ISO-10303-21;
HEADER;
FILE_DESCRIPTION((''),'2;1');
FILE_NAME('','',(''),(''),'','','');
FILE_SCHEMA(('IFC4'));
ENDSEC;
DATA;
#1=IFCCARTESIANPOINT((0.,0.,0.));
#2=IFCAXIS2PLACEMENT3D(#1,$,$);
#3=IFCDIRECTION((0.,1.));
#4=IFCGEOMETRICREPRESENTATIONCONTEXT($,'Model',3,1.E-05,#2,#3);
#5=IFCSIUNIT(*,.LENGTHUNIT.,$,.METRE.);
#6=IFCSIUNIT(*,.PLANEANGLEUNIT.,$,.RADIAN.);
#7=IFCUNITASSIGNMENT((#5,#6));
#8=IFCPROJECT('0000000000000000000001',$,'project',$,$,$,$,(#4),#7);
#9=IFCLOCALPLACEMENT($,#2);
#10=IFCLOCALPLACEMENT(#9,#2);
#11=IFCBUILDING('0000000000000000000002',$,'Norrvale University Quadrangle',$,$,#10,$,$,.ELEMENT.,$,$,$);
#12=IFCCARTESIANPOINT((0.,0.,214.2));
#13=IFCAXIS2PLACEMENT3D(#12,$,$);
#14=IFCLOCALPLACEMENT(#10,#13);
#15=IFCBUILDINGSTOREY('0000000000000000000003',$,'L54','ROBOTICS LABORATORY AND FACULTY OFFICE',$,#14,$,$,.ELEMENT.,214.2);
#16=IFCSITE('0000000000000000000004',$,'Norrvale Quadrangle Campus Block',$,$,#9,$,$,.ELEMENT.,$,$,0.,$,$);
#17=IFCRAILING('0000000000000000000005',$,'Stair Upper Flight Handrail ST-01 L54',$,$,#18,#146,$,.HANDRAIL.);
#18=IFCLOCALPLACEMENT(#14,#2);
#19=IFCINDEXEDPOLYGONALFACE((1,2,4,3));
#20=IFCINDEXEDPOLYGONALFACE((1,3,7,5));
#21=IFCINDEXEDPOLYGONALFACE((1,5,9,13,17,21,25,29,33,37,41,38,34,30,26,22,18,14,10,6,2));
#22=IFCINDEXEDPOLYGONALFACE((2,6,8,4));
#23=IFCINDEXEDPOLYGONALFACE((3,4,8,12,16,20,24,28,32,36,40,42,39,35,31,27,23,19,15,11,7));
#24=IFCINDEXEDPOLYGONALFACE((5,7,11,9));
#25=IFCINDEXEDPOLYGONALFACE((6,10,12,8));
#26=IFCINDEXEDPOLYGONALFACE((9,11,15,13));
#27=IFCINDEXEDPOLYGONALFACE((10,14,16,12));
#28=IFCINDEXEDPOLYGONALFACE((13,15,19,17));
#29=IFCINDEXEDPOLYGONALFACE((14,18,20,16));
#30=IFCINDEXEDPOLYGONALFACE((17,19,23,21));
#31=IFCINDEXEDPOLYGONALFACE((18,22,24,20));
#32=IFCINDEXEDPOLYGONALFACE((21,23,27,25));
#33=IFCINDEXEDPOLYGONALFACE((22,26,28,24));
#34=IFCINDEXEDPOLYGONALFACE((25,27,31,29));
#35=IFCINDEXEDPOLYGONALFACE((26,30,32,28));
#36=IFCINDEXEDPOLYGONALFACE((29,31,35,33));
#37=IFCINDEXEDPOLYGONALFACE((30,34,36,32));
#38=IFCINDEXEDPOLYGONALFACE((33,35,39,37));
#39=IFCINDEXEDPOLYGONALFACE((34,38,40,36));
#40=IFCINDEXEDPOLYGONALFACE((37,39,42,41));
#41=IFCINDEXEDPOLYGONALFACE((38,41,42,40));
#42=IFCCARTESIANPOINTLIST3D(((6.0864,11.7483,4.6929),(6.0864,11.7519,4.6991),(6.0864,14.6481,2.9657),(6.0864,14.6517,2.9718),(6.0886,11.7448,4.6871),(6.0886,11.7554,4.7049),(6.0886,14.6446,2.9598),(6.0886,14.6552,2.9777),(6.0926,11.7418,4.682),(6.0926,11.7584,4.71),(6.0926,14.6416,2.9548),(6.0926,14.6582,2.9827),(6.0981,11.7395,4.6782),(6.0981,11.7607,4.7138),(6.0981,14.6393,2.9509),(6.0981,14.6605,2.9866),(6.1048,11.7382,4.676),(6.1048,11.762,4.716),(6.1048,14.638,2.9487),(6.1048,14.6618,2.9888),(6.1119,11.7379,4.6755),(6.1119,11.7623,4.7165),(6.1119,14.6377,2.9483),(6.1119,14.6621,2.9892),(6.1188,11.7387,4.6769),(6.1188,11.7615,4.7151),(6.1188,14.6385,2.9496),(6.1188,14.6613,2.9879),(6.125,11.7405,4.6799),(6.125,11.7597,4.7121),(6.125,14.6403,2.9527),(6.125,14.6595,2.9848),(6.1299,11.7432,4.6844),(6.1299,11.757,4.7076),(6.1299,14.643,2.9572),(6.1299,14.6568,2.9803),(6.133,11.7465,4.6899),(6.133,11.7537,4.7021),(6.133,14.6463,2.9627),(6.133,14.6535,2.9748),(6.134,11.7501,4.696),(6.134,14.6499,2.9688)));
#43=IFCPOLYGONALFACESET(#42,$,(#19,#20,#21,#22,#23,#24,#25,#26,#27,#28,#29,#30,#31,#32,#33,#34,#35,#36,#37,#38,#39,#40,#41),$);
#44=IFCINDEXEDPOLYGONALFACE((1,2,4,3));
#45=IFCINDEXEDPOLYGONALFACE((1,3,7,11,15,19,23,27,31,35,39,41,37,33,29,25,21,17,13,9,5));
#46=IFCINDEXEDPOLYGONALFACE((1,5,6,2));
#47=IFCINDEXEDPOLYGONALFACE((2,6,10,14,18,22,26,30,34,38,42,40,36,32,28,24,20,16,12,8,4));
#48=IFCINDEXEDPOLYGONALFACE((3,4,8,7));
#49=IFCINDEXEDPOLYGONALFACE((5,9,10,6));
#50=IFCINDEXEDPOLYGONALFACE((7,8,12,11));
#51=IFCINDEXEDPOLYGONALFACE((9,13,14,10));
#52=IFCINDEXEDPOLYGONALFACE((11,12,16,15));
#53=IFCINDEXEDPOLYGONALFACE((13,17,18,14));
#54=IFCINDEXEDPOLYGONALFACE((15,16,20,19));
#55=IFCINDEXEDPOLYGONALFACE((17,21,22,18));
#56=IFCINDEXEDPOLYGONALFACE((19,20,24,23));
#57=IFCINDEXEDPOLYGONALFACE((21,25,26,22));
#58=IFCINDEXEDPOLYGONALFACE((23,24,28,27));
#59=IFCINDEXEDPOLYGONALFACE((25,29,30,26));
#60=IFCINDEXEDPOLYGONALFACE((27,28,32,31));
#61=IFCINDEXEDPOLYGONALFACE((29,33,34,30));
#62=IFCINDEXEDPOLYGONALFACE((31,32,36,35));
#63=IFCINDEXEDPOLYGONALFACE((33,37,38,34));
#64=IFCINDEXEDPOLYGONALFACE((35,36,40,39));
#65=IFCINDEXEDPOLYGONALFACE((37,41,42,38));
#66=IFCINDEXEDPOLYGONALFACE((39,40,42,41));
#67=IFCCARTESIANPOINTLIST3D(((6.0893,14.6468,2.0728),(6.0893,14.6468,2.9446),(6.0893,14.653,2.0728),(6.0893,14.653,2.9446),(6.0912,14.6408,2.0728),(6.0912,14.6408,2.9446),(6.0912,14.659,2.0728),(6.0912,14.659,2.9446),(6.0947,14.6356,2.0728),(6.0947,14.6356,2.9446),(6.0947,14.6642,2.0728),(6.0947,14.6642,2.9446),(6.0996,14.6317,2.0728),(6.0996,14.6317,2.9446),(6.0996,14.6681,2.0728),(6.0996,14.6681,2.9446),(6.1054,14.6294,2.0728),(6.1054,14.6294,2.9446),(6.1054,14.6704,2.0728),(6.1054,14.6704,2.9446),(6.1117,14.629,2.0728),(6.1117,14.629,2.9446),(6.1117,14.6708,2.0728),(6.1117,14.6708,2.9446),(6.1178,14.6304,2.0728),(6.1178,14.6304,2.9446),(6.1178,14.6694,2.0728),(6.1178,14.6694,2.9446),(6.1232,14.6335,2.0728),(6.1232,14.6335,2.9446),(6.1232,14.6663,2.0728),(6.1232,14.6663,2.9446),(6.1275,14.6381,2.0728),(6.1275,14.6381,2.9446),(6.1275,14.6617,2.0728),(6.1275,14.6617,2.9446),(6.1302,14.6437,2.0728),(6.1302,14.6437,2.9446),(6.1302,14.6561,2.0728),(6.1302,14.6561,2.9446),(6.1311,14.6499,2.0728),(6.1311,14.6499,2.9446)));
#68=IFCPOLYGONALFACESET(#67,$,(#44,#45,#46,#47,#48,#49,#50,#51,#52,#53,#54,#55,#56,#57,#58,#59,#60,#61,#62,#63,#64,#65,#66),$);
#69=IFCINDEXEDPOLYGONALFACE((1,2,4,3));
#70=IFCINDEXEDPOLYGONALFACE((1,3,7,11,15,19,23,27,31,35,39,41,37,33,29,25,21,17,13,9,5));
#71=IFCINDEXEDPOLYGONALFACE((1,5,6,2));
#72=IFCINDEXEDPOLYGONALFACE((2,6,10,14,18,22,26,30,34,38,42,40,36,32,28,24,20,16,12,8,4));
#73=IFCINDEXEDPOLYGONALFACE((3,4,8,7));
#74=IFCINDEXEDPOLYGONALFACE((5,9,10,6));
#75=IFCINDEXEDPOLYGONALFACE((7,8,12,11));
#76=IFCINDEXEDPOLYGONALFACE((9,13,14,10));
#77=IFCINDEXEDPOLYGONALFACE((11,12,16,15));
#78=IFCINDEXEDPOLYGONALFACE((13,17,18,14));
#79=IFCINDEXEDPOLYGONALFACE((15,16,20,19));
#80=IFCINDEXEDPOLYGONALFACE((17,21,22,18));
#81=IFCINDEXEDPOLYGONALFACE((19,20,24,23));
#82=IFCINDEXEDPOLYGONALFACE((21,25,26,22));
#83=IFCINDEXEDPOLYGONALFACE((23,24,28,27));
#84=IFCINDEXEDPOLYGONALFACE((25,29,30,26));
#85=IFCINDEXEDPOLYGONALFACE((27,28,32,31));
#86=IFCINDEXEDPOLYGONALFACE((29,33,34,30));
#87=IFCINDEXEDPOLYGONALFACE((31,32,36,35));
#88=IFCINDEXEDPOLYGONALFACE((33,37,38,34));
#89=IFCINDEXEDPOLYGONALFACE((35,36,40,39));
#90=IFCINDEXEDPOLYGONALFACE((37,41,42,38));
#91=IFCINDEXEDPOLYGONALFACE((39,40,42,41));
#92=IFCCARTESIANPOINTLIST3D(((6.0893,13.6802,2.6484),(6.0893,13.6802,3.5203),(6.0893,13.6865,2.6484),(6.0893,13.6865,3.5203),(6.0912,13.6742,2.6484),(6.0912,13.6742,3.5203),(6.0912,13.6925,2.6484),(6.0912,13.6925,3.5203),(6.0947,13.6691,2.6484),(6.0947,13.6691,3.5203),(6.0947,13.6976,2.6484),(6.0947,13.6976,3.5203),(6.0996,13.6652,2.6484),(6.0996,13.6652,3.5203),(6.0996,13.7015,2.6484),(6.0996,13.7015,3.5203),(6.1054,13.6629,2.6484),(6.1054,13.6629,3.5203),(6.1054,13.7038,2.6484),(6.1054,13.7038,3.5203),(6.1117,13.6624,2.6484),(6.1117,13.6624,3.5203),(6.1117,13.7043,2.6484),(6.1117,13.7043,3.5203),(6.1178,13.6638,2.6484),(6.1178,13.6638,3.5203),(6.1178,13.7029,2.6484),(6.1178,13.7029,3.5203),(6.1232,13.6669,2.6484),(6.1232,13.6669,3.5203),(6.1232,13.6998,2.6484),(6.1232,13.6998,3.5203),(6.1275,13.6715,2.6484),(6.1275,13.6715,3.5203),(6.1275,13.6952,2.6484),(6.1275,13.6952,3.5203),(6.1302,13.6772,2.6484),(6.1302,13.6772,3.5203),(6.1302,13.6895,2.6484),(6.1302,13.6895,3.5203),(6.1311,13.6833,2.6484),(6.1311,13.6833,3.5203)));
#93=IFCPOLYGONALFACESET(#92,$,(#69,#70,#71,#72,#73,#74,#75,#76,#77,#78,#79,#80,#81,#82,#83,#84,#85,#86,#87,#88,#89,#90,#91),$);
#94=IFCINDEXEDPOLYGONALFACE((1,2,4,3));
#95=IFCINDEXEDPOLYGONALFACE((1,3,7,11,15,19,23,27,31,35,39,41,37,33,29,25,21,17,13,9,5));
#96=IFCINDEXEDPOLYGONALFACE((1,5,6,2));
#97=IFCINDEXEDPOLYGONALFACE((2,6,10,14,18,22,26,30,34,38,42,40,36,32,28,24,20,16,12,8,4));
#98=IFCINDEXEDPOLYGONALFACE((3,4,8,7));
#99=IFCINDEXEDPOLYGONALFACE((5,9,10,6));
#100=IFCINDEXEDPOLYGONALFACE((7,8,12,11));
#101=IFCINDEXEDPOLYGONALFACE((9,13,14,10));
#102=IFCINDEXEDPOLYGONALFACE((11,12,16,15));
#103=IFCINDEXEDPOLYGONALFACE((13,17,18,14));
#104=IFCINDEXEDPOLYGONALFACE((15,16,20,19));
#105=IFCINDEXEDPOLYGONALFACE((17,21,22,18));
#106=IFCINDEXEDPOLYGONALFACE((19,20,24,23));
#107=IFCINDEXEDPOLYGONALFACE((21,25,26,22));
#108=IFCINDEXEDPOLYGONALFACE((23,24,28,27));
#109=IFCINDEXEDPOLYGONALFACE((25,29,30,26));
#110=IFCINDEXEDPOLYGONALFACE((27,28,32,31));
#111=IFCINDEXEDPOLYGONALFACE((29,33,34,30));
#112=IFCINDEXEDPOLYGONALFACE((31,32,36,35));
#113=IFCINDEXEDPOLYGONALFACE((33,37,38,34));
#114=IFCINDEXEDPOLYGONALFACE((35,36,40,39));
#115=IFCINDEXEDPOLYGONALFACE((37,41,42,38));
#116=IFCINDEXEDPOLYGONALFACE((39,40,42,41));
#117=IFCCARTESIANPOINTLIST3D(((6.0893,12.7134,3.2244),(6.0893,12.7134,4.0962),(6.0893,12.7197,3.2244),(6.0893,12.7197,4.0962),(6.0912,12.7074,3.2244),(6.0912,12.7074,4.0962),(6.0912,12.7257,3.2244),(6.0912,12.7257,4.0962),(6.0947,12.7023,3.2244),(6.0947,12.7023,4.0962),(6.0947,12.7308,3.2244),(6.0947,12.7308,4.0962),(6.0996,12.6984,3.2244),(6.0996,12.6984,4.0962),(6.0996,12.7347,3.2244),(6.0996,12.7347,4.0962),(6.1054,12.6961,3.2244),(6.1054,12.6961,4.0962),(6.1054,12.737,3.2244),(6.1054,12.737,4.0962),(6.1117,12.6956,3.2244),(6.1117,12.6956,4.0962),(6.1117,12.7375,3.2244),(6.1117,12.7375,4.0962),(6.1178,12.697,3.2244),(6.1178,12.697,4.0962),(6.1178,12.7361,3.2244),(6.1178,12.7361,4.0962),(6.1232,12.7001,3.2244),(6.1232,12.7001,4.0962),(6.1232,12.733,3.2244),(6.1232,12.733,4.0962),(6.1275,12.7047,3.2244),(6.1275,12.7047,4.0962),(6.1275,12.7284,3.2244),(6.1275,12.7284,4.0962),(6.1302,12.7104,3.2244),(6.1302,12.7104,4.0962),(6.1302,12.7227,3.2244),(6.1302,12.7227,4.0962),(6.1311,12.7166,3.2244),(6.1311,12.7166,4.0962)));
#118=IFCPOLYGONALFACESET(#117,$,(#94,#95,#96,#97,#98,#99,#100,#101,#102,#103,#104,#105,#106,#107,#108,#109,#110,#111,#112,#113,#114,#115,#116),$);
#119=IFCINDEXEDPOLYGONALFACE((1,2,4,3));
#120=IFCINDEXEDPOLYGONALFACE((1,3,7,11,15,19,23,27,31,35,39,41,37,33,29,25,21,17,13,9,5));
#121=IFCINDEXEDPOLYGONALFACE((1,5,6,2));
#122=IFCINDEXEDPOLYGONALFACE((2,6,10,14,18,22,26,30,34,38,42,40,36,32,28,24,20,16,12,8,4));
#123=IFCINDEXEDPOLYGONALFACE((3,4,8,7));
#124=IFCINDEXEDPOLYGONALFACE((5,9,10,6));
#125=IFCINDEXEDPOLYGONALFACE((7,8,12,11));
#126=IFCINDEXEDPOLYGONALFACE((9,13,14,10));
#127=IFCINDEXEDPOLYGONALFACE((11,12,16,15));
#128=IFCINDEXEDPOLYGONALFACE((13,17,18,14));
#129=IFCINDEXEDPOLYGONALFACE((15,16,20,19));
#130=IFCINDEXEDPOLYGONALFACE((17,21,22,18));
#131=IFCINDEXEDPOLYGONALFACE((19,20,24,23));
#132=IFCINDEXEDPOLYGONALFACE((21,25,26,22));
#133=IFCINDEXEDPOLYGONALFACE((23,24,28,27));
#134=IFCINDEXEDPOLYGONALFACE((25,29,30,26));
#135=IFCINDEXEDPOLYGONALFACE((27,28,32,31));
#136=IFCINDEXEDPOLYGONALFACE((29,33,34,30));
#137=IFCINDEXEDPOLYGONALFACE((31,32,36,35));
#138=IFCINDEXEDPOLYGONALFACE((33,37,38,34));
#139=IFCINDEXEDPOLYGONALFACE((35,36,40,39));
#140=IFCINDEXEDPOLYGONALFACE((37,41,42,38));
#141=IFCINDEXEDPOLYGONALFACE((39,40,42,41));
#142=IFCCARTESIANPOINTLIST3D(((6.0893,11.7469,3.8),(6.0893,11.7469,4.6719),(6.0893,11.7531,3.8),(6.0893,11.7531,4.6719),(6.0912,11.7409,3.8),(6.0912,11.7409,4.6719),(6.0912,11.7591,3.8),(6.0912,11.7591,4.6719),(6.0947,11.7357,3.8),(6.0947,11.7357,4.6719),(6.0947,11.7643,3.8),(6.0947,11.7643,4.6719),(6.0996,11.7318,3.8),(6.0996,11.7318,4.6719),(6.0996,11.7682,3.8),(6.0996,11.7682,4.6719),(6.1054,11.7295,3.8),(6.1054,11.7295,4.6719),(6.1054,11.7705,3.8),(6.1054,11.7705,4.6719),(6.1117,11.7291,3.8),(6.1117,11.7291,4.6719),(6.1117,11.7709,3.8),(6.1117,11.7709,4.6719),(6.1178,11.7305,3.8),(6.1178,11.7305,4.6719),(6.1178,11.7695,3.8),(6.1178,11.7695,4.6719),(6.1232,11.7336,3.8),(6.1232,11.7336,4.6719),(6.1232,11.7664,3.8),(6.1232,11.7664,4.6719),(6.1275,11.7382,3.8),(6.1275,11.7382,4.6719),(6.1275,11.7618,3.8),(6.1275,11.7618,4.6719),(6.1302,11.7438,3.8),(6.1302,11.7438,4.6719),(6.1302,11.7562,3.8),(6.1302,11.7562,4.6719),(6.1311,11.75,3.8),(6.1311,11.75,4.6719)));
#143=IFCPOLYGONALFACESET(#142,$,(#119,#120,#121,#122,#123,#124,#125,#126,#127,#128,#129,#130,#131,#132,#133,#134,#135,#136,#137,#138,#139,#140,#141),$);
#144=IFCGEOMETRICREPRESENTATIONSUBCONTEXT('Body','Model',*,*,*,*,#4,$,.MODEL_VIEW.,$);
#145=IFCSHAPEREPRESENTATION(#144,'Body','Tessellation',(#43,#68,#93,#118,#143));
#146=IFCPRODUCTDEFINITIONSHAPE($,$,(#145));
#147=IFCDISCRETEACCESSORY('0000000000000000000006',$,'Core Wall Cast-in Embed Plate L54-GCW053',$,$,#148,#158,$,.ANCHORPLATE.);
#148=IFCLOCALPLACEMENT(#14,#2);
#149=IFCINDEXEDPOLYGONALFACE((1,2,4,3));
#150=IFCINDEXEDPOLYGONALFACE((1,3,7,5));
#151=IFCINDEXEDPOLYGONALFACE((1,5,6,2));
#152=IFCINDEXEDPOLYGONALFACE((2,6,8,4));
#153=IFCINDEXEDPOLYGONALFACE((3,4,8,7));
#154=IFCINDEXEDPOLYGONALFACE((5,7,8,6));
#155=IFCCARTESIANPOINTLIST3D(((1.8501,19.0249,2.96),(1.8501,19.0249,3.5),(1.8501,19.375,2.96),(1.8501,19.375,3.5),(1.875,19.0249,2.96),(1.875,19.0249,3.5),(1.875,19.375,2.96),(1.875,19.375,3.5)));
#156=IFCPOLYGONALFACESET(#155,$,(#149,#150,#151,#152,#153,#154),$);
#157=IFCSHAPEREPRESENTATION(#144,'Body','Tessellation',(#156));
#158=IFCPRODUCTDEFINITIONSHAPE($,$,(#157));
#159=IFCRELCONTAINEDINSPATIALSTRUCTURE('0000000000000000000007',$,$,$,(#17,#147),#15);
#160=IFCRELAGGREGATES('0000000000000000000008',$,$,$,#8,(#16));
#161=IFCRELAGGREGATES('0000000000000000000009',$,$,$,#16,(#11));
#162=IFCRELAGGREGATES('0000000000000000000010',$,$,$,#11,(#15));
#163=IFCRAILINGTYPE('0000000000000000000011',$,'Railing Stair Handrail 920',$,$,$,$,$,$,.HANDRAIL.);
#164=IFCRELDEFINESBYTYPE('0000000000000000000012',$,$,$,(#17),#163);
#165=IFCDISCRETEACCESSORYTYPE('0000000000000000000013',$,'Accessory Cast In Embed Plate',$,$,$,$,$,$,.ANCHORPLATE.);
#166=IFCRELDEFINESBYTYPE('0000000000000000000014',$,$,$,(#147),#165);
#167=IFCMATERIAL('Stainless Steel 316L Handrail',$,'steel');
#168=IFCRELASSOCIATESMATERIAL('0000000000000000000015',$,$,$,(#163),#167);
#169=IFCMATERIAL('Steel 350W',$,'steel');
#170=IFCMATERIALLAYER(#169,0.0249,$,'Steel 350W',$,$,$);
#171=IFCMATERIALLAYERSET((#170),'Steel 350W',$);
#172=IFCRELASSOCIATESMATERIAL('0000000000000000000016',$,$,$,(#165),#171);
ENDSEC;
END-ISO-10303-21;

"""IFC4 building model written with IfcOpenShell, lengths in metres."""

from ifc_helpers import new_model, si_unit, direction, frame, origin, origin_2d, place, context, subcontext, project, spatial, rectangle, circle, extrude, material, layer, layer_set, type_object, element, save


model = new_model("IFC4")

# Units and contexts
model_context = context("Model", 3, precision=1e-05, world=origin(), true_north=direction((0.0, 1.0)))
body_context = subcontext(model_context, "Body", "Model", "MODEL_VIEW")
ifc_project = project(units=[si_unit("LENGTHUNIT", "METRE"), si_unit("PLANEANGLEUNIT", "RADIAN")], contexts=[model_context])

# Site, building, storey
site_placement = place(None, origin())
site = spatial("IfcSite", under=ifc_project, at=site_placement, Name="Norrvale Quadrangle Campus Block", CompositionType="ELEMENT", RefElevation=0.0)
building_placement = place(site_placement, origin())
building = spatial("IfcBuilding", under=site, at=building_placement, Name="Norrvale University Quadrangle", CompositionType="ELEMENT")
storey_placement = place(building_placement, frame((0.0, 0.0, 214.2)))
storey = spatial("IfcBuildingStorey", under=building, at=storey_placement, Name="L54", Description="ROBOTICS LABORATORY AND FACULTY OFFICE", CompositionType="ELEMENT", Elevation=214.2)

# Shared definitions
ifc_material_1 = material(Name="Steel 350W", Category="steel")

# Railing
ifc_material_2 = material(Name="Stainless Steel 316L Handrail", Category="steel")
railing_type_1 = type_object("IfcRailingType", Name="Railing Stair Handrail 920", PredefinedType="HANDRAIL", material=ifc_material_2)
railing_1_placement = place(storey_placement, frame((6.1101, 14.6499, 2.0728)))
element("IfcRailing", 1, at=railing_1_placement, inside=storey, type_object=railing_type_1, Name="Stair Upper Flight Handrail ST-01 L54", PredefinedType="HANDRAIL", context=body_context, shape_type="SweptSolid", body=[
    extrude(circle(Radius=0.0239, at=origin_2d()), frame((0.0, 0.0, 0.896), z_axis=(0.0, -0.859141, 0.511738), x_axis=(1.0, 0.0, 0.0)), (0.0, 0.0, 1.0), 3.3752),
    extrude(circle(Radius=0.021, at=origin_2d()), origin(), (0.0, 0.0, 1.0), 0.8718),
    extrude(circle(Radius=0.021, at=origin_2d()), frame((0.0, -0.9666, 0.5757)), (0.0, 0.0, 1.0), 0.8718),
    extrude(circle(Radius=0.021, at=origin_2d()), frame((0.0, -1.9333, 1.1516)), (0.0, 0.0, 1.0), 0.8718),
    extrude(circle(Radius=0.021, at=origin_2d()), frame((0.0, -2.8999, 1.7273)), (0.0, 0.0, 1.0), 0.8718),
])

# Discrete accessory
ifc_layer_1 = layer(ifc_material_1, 0.0249, Name="Steel 350W")
ifc_layer_set_1 = layer_set([ifc_layer_1], Name="Steel 350W")
discrete_accessory_type = type_object("IfcDiscreteAccessoryType", Name="Accessory Cast In Embed Plate", PredefinedType="ANCHORPLATE", material=ifc_layer_set_1)
discrete_accessory_placement = place(storey_placement, frame((1.8625, 19.2, 2.96), z_axis=(0.0, 0.0, 1.0), x_axis=(1.0, 0.0, 0.0)))
element("IfcDiscreteAccessory", 2, at=discrete_accessory_placement, inside=storey, type_object=discrete_accessory_type, Name="Core Wall Cast-in Embed Plate L54-GCW053", PredefinedType="ANCHORPLATE", context=body_context, shape_type="SweptSolid", body=[
    extrude(rectangle(XDim=0.0249, YDim=0.3501, at=origin_2d()), origin(), (0.0, 0.0, 1.0), 0.54),
])

save(model, "model.ifc")
